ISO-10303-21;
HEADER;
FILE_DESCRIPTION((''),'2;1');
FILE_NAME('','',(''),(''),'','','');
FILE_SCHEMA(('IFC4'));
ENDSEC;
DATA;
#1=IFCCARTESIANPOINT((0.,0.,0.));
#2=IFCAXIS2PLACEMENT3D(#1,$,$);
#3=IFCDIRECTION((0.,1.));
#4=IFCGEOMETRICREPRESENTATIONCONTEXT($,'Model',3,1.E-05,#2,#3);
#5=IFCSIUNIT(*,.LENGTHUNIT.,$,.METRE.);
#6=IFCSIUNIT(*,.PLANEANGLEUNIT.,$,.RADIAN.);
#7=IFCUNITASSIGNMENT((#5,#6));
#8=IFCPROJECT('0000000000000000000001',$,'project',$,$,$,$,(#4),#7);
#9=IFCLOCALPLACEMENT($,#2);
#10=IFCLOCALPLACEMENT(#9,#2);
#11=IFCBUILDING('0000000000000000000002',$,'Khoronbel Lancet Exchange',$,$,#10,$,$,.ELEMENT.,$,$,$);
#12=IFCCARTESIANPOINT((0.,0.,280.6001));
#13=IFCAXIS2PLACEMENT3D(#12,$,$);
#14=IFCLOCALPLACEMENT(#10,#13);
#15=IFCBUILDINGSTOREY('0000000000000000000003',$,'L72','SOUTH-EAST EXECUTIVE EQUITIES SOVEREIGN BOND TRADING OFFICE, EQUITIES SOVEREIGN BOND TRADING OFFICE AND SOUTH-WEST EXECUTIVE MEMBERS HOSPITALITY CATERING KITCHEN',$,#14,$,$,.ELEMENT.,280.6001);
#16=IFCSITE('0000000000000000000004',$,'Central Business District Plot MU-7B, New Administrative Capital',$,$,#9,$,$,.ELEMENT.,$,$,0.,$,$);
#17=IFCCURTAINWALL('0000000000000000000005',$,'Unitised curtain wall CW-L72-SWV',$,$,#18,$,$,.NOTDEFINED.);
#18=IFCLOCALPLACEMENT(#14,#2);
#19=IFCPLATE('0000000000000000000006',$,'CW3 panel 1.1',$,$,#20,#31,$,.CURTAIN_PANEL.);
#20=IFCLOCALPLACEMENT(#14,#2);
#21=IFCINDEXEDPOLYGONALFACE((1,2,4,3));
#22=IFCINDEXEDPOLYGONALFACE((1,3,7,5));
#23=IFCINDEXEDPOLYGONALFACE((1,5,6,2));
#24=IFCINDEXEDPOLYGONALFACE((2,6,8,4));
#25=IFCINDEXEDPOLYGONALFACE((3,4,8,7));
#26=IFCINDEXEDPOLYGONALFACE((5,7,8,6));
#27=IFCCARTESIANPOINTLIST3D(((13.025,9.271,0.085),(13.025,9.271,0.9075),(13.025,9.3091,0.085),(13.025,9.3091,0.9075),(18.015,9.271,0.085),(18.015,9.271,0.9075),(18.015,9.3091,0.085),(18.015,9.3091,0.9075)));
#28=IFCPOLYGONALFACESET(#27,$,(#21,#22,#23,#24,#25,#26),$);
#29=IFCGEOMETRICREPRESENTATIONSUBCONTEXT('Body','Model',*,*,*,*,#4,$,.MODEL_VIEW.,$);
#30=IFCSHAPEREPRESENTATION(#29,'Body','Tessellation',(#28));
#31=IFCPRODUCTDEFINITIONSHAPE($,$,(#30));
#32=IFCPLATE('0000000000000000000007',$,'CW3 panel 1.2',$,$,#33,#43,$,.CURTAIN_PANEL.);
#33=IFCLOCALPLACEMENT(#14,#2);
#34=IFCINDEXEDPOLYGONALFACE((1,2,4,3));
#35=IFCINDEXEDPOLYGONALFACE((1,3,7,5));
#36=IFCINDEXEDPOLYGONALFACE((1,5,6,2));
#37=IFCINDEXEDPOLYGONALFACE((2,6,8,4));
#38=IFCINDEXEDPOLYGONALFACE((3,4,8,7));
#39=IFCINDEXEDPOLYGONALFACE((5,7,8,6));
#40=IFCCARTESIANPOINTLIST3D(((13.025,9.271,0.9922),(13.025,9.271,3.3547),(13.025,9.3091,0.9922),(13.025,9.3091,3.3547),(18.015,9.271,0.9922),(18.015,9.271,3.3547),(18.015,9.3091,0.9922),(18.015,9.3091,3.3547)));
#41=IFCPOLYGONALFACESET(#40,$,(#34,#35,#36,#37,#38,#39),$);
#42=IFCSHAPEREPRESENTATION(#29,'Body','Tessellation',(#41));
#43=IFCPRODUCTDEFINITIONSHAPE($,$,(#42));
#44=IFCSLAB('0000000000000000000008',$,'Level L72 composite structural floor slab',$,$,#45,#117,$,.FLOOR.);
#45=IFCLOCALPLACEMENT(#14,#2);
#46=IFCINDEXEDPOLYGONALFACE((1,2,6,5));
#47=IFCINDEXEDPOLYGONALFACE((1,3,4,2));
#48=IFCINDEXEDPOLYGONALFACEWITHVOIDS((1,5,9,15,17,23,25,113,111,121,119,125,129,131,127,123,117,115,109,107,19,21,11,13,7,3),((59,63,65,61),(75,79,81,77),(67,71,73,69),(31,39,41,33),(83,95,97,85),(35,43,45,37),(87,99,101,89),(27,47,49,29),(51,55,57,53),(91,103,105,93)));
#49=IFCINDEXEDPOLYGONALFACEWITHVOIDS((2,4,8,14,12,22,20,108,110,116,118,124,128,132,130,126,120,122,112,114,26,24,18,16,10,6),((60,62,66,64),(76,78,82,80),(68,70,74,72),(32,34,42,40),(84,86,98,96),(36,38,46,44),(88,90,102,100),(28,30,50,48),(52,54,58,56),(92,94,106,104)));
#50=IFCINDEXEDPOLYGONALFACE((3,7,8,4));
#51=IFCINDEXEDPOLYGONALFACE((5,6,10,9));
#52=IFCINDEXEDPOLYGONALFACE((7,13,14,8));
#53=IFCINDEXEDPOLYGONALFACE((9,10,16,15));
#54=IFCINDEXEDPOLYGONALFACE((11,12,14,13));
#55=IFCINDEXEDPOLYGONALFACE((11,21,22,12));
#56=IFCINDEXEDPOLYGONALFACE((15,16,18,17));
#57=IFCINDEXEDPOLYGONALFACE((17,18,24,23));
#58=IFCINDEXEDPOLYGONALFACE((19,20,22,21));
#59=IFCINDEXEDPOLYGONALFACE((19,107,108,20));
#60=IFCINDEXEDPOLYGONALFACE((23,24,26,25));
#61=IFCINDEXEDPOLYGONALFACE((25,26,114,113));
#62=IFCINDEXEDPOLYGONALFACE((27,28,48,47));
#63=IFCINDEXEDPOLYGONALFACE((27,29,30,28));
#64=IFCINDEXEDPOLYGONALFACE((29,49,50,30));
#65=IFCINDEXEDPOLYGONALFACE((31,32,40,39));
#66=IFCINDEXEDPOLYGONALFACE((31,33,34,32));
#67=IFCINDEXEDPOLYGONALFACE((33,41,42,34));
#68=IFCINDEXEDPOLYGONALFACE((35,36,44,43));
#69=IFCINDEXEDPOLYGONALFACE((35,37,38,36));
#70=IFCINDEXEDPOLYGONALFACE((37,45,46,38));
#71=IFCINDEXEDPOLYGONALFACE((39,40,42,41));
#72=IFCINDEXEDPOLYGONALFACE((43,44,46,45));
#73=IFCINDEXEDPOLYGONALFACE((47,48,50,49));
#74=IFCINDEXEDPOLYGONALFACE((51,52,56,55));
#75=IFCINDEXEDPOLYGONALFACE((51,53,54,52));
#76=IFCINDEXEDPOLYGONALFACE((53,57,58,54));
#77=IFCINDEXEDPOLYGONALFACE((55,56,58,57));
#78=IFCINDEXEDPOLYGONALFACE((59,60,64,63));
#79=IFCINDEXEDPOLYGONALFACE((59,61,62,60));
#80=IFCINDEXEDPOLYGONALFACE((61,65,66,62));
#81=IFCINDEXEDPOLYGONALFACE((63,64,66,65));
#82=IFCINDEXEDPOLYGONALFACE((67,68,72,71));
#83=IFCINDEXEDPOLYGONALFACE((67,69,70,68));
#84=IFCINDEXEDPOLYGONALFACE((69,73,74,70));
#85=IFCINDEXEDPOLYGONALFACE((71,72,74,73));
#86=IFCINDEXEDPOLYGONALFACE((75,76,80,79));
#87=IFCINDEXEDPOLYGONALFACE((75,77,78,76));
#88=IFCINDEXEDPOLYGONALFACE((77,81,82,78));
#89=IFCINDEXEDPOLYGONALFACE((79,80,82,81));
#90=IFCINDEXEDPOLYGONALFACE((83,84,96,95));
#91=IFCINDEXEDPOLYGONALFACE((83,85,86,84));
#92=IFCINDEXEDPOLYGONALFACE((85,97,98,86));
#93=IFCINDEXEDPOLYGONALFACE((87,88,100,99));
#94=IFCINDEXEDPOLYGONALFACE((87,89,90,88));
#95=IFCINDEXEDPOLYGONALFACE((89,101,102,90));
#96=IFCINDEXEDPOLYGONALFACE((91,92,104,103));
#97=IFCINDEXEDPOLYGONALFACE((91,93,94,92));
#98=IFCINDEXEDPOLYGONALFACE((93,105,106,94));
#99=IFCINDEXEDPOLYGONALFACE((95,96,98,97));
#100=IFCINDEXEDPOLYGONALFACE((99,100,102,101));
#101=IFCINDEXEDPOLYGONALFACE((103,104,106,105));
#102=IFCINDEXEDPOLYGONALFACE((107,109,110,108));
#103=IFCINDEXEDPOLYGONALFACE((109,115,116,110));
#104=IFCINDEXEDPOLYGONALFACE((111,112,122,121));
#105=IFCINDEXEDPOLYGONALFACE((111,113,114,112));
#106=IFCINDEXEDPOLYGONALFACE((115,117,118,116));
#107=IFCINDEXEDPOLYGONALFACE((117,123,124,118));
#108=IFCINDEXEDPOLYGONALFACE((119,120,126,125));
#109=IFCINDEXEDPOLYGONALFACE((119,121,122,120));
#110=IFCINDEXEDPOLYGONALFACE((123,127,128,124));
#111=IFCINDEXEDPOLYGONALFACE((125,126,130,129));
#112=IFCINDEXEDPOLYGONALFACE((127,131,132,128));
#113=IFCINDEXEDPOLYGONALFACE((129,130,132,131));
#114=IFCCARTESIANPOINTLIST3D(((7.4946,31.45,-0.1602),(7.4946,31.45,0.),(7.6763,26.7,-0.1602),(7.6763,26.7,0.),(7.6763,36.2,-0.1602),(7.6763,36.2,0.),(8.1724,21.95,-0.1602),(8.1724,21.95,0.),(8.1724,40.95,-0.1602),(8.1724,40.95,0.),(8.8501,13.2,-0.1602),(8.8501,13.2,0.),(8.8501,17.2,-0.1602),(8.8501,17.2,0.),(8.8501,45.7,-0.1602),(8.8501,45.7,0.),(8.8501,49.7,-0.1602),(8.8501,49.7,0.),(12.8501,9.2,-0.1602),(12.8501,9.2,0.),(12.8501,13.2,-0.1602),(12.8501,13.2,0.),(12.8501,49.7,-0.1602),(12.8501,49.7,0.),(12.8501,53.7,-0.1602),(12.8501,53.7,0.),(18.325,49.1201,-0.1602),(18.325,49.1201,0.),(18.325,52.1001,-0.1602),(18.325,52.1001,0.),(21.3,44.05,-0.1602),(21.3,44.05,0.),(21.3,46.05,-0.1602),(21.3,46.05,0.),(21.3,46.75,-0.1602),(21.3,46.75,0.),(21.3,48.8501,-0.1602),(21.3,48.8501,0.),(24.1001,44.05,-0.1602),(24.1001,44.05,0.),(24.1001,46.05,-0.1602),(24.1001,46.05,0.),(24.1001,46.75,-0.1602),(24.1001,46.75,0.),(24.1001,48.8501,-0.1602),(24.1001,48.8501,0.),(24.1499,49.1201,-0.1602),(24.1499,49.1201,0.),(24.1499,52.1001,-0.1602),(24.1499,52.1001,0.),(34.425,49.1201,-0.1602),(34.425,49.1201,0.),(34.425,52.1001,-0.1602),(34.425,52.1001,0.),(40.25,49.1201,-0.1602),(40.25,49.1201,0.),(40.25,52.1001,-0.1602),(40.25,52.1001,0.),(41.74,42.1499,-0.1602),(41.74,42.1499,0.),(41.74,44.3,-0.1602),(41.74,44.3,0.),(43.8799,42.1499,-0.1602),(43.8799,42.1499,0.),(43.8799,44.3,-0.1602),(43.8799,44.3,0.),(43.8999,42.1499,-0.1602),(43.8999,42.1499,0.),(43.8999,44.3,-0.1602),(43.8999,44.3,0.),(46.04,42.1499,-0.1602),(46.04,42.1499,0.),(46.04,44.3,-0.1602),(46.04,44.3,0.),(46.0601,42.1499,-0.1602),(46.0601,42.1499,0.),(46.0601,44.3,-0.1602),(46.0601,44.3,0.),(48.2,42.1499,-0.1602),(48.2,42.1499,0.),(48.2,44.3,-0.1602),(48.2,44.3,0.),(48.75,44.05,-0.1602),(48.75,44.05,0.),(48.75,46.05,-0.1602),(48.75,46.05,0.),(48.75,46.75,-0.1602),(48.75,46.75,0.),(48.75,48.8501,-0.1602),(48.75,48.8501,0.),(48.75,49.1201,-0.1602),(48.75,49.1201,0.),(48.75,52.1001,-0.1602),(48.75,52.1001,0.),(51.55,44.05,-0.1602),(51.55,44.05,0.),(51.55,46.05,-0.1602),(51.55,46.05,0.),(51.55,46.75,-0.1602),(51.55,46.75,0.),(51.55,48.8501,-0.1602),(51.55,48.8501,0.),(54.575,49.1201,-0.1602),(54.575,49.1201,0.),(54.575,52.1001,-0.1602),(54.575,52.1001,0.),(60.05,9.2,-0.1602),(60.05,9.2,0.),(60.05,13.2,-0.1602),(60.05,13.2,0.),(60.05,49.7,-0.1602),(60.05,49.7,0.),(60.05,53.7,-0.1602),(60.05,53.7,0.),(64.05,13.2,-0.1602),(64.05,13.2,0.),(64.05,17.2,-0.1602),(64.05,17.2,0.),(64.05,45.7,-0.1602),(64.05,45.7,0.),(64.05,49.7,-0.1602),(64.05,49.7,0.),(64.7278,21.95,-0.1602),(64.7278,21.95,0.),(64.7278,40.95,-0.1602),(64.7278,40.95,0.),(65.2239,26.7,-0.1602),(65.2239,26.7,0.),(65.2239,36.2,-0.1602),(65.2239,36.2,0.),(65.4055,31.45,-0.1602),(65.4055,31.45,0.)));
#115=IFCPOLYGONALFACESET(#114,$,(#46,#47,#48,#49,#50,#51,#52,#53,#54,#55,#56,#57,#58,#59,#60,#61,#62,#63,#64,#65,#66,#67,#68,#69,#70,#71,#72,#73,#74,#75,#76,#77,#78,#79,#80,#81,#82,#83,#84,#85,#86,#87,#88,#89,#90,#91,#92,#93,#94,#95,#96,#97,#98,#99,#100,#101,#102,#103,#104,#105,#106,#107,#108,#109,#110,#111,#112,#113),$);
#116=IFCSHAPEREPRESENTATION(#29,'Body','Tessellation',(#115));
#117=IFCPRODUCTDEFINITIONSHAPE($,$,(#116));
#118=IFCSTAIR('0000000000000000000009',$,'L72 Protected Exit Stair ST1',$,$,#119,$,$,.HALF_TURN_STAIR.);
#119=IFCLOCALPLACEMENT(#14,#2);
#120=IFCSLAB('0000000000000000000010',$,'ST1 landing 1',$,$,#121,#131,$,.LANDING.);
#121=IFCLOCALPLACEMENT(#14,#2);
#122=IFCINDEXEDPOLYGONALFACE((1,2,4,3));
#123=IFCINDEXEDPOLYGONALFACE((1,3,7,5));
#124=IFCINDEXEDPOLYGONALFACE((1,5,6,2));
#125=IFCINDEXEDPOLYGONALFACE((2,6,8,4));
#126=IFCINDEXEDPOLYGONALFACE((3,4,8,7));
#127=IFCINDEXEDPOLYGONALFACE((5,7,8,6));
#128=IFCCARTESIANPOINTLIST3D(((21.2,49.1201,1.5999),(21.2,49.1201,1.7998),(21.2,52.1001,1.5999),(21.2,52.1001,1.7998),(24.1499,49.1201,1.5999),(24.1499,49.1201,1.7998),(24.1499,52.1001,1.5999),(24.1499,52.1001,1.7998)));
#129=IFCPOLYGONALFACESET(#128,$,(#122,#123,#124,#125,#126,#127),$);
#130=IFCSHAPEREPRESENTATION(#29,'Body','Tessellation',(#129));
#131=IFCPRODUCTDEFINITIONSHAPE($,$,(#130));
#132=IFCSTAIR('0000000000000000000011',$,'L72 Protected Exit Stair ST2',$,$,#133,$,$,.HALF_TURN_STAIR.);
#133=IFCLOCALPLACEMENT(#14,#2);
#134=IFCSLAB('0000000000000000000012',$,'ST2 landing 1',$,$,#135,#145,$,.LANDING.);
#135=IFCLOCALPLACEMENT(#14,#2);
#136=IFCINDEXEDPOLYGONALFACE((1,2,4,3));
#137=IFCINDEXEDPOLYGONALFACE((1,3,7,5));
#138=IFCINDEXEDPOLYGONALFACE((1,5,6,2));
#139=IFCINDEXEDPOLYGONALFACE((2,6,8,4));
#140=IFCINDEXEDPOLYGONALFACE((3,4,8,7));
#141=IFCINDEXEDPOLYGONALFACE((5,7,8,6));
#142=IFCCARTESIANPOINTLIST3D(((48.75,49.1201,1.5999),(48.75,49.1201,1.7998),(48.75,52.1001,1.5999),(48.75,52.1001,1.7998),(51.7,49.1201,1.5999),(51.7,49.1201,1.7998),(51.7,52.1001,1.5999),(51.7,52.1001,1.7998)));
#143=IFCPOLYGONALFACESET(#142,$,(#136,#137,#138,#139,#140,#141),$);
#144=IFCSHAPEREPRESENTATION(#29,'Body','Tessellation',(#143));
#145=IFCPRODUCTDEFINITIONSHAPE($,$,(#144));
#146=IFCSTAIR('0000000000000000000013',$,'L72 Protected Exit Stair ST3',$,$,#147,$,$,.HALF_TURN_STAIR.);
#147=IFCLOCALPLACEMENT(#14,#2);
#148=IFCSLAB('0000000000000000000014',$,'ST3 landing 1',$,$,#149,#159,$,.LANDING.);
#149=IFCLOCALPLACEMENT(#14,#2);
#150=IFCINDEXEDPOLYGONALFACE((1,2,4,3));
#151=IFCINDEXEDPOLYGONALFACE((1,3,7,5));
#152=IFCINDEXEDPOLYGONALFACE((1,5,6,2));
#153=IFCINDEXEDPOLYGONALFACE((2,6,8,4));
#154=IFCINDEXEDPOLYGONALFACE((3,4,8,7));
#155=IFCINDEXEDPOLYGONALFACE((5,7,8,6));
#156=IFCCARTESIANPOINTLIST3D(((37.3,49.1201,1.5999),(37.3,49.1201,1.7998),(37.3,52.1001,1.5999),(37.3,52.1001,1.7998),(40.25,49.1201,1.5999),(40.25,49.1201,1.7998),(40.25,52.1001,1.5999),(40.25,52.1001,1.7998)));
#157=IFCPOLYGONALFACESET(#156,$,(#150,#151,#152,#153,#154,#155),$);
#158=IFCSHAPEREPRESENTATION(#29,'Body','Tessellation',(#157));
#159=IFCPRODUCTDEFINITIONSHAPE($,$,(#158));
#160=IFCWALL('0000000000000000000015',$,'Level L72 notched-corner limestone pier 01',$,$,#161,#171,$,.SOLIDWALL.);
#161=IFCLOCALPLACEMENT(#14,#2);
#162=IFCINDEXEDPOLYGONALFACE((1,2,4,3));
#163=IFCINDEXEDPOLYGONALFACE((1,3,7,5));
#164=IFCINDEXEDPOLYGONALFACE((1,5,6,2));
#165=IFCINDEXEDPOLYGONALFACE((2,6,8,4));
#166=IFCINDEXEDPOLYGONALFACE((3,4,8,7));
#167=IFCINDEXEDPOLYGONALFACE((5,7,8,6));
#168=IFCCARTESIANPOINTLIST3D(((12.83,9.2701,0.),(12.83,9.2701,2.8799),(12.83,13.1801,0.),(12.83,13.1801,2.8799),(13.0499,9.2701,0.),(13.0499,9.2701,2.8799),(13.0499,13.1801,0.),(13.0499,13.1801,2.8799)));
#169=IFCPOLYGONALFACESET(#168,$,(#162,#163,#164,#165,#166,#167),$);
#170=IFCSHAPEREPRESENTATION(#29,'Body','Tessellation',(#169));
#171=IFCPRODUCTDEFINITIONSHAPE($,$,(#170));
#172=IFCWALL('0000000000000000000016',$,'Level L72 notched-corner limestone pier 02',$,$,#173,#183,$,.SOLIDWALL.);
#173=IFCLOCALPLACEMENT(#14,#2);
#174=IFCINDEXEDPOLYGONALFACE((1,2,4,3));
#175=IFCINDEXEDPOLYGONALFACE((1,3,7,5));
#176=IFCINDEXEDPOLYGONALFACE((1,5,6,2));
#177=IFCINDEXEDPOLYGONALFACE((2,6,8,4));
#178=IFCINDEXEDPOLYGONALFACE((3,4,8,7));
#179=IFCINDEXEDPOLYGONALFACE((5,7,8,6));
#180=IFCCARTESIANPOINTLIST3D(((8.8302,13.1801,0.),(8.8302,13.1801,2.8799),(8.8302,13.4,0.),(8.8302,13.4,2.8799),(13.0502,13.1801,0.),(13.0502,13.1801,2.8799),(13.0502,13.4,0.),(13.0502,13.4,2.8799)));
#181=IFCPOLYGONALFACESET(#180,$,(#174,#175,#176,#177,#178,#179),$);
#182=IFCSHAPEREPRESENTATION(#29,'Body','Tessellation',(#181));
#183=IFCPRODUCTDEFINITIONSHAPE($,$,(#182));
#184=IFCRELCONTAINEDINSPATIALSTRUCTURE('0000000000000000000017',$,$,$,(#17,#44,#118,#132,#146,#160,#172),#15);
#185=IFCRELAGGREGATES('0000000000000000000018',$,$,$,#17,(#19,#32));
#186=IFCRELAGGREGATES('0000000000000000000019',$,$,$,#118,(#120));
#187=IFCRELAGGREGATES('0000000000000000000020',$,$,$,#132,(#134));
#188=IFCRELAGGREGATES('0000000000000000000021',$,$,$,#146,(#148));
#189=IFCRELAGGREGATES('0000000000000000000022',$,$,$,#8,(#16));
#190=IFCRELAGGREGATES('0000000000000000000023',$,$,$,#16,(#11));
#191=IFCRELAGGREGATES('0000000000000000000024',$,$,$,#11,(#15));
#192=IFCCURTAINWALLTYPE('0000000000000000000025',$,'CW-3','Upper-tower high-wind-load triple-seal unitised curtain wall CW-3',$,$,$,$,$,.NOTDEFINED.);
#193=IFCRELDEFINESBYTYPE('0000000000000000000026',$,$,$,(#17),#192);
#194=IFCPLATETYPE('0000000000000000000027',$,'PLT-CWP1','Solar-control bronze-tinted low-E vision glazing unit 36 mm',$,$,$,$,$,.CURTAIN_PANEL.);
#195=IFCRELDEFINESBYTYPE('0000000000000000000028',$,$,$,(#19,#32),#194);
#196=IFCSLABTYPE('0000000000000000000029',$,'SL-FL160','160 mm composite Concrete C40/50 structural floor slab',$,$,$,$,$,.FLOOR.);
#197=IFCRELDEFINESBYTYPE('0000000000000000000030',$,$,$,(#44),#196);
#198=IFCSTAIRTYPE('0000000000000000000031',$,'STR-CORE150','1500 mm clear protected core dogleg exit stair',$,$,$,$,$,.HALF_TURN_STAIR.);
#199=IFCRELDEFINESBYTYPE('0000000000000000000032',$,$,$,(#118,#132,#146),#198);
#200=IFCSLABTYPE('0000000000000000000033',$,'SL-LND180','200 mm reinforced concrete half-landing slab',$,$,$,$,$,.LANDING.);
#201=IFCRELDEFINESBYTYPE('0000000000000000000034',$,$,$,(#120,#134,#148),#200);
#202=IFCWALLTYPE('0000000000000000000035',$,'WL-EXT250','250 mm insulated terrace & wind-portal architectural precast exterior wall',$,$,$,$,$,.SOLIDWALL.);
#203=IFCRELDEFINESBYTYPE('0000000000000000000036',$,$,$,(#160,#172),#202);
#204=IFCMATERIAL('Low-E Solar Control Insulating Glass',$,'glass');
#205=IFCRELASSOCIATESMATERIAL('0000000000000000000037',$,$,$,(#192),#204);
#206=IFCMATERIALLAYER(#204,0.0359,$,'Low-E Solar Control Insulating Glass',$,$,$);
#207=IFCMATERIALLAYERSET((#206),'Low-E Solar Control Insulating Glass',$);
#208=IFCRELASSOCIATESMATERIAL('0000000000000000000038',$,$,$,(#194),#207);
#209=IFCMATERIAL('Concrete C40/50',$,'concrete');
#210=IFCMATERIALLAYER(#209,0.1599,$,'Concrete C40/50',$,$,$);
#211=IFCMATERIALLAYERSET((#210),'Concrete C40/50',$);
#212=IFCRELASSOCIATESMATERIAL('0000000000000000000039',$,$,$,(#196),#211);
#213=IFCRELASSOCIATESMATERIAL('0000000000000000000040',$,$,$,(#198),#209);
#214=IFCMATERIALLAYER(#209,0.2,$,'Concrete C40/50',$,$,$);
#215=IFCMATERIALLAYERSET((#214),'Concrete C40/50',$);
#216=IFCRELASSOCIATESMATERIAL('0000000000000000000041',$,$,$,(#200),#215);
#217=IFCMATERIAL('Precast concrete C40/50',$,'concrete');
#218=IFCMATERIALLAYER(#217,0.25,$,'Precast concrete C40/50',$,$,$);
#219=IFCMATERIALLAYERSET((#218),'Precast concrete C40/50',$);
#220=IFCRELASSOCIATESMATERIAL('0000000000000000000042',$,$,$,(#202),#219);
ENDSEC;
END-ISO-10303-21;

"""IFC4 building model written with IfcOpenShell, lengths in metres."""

from ifc_helpers import new_model, si_unit, direction, frame, frame_2d, origin, origin_2d, place, context, subcontext, project, spatial, polyline, rectangle, outline, extrude, material, layer, layer_set, type_object, element, aggregate, save


model = new_model("IFC4")

# Units and contexts
model_context = context("Model", 3, precision=1e-05, world=origin(), true_north=direction((0.0, 1.0)))
body_context = subcontext(model_context, "Body", "Model", "MODEL_VIEW")
ifc_project = project(units=[si_unit("LENGTHUNIT", "METRE"), si_unit("PLANEANGLEUNIT", "RADIAN")], contexts=[model_context])

# Site, building, storey
site_placement = place(None, origin())
site = spatial("IfcSite", under=ifc_project, at=site_placement, Name="Central Business District Plot MU-7B, New Administrative Capital", CompositionType="ELEMENT", RefElevation=0.0)
building_placement = place(site_placement, origin())
building = spatial("IfcBuilding", under=site, at=building_placement, Name="Khoronbel Lancet Exchange", CompositionType="ELEMENT")
storey_placement = place(building_placement, frame((0.0, 0.0, 280.6001)))
storey = spatial("IfcBuildingStorey", under=building, at=storey_placement, Name="L72", Description="SOUTH-EAST EXECUTIVE EQUITIES SOVEREIGN BOND TRADING OFFICE, EQUITIES SOVEREIGN BOND TRADING OFFICE AND SOUTH-WEST EXECUTIVE MEMBERS HOSPITALITY CATERING KITCHEN", CompositionType="ELEMENT", Elevation=280.6001)

# Curtain wall
ifc_material_1 = material(Name="Low-E Solar Control Insulating Glass", Category="glass")
curtain_wall_type = type_object("IfcCurtainWallType", Name="CW-3", Description="Upper-tower high-wind-load triple-seal unitised curtain wall CW-3", PredefinedType="NOTDEFINED", material=ifc_material_1)
curtain_wall_1_placement = place(storey_placement, origin())
curtain_wall_1 = element("IfcCurtainWall", 1, at=curtain_wall_1_placement, inside=storey, type_object=curtain_wall_type, Name="Unitised curtain wall CW-L72-SWV", PredefinedType="NOTDEFINED")

# Plates
ifc_layer_1 = layer(ifc_material_1, 0.0359, Name="Low-E Solar Control Insulating Glass")
ifc_layer_set_1 = layer_set([ifc_layer_1], Name="Low-E Solar Control Insulating Glass")
plate_type = type_object("IfcPlateType", Name="PLT-CWP1", Description="Solar-control bronze-tinted low-E vision glazing unit 36 mm", PredefinedType="CURTAIN_PANEL", material=ifc_layer_set_1)
plate_1_placement = place(storey_placement, frame((15.52, 9.29, 0.085), z_axis=(0.0, 0.0, 1.0), x_axis=(1.0, 0.0, 0.0)))
plate_1 = element("IfcPlate", 2, at=plate_1_placement, type_object=plate_type, Name="CW3 panel 1.1", PredefinedType="CURTAIN_PANEL", context=body_context, shape_type="SweptSolid", body=[
    extrude(rectangle(XDim=4.99, YDim=0.0381, at=origin_2d()), origin(), (0.0, 0.0, 1.0), 0.8225),
])
plate_2_placement = place(storey_placement, frame((15.52, 9.29, 0.9922), z_axis=(0.0, 0.0, 1.0), x_axis=(1.0, 0.0, 0.0)))
plate_2 = element("IfcPlate", 3, at=plate_2_placement, type_object=plate_type, Name="CW3 panel 1.2", PredefinedType="CURTAIN_PANEL", context=body_context, shape_type="SweptSolid", body=[
    extrude(rectangle(XDim=4.99, YDim=0.0381, at=origin_2d()), origin(), (0.0, 0.0, 1.0), 2.3625),
])
aggregate(curtain_wall_1, [plate_1, plate_2])

# Slab
ifc_material_2 = material(Name="Concrete C40/50", Category="concrete")
ifc_layer_2 = layer(ifc_material_2, 0.1599, Name="Concrete C40/50")
ifc_layer_set_2 = layer_set([ifc_layer_2], Name="Concrete C40/50")
slab_type_1 = type_object("IfcSlabType", Name="SL-FL160", Description="160 mm composite Concrete C40/50 structural floor slab", PredefinedType="FLOOR", material=ifc_layer_set_2)
slab_1_placement = place(storey_placement, frame((0.0, 0.0, -0.1602)))
element("IfcSlab", 4, at=slab_1_placement, inside=storey, type_object=slab_type_1, Name="Level L72 composite structural floor slab", PredefinedType="FLOOR", context=body_context, shape_type="SweptSolid", body=[
    extrude(outline(polyline([(12.8501, 9.2), (60.05, 9.2), (60.05, 13.2), (64.05, 13.2), (64.05, 17.2), (64.7278, 21.95), (65.2239, 26.7), (65.4055, 31.45), (65.2239, 36.2), (64.7278, 40.95), (64.05, 45.7), (64.05, 49.7), (60.05, 49.7), (60.05, 53.7), (12.8501, 53.7), (12.8501, 49.7), (8.8501, 49.7), (8.8501, 45.7), (8.1724, 40.95), (7.6763, 36.2), (7.4946, 31.45), (7.6763, 26.7), (8.1724, 21.95), (8.8501, 17.2), (8.8501, 13.2), (12.8501, 13.2), (12.8501, 9.2)]), holes=[polyline([(18.325, 49.1201), (24.1499, 49.1201), (24.1499, 52.1001), (18.325, 52.1001), (18.325, 49.1201)]), polyline([(48.75, 49.1201), (54.575, 49.1201), (54.575, 52.1001), (48.75, 52.1001), (48.75, 49.1201)]), polyline([(34.425, 49.1201), (40.25, 49.1201), (40.25, 52.1001), (34.425, 52.1001), (34.425, 49.1201)]), polyline([(41.74, 42.1499), (43.8799, 42.1499), (43.8799, 44.3), (41.74, 44.3), (41.74, 42.1499)]), polyline([(43.8999, 42.1499), (46.04, 42.1499), (46.04, 44.3), (43.8999, 44.3), (43.8999, 42.1499)]), polyline([(46.0601, 42.1499), (48.2, 42.1499), (48.2, 44.3), (46.0601, 44.3), (46.0601, 42.1499)]), polyline([(21.3, 46.75), (24.1001, 46.75), (24.1001, 48.8501), (21.3, 48.8501), (21.3, 46.75)]), polyline([(48.75, 46.75), (51.55, 46.75), (51.55, 48.8501), (48.75, 48.8501), (48.75, 46.75)]), polyline([(21.3, 44.05), (24.1001, 44.05), (24.1001, 46.05), (21.3, 46.05), (21.3, 44.05)]), polyline([(48.75, 44.05), (51.55, 44.05), (51.55, 46.05), (48.75, 46.05), (48.75, 44.05)])]), origin(), (0.0, 0.0, 1.0), 0.1602),
])

# Stairs, slabs
stair_type = type_object("IfcStairType", Name="STR-CORE150", Description="1500 mm clear protected core dogleg exit stair", PredefinedType="HALF_TURN_STAIR", material=ifc_material_2)
stair_1_placement = place(storey_placement, origin())
stair_1 = element("IfcStair", 5, at=stair_1_placement, inside=storey, type_object=stair_type, Name="L72 Protected Exit Stair ST1", PredefinedType="HALF_TURN_STAIR")
ifc_layer_3 = layer(ifc_material_2, 0.2, Name="Concrete C40/50")
ifc_layer_set_3 = layer_set([ifc_layer_3], Name="Concrete C40/50")
slab_type_2 = type_object("IfcSlabType", Name="SL-LND180", Description="200 mm reinforced concrete half-landing slab", PredefinedType="LANDING", material=ifc_layer_set_3)
slab_2_placement = place(storey_placement, frame((0.0, 0.0, 1.5999)))
slab_2 = element("IfcSlab", 6, at=slab_2_placement, type_object=slab_type_2, Name="ST1 landing 1", PredefinedType="LANDING", context=body_context, shape_type="SweptSolid", body=[
    extrude(outline(polyline([(21.2, 49.1201), (24.1499, 49.1201), (24.1499, 52.1001), (21.2, 52.1001), (21.2, 49.1201)])), origin(), (0.0, 0.0, 1.0), 0.2),
])
aggregate(stair_1, [slab_2])
stair_2_placement = place(storey_placement, origin())
stair_2 = element("IfcStair", 7, at=stair_2_placement, inside=storey, type_object=stair_type, Name="L72 Protected Exit Stair ST2", PredefinedType="HALF_TURN_STAIR")
slab_3_placement = place(storey_placement, frame((0.0, 0.0, 1.5999)))
slab_3 = element("IfcSlab", 8, at=slab_3_placement, type_object=slab_type_2, Name="ST2 landing 1", PredefinedType="LANDING", context=body_context, shape_type="SweptSolid", body=[
    extrude(outline(polyline([(51.7, 52.1001), (48.75, 52.1001), (48.75, 49.1201), (51.7, 49.1201), (51.7, 52.1001)])), origin(), (0.0, 0.0, 1.0), 0.2),
])
aggregate(stair_2, [slab_3])
stair_3_placement = place(storey_placement, origin())
stair_3 = element("IfcStair", 9, at=stair_3_placement, inside=storey, type_object=stair_type, Name="L72 Protected Exit Stair ST3", PredefinedType="HALF_TURN_STAIR")
slab_4_placement = place(storey_placement, frame((0.0, 0.0, 1.5999)))
slab_4 = element("IfcSlab", 10, at=slab_4_placement, type_object=slab_type_2, Name="ST3 landing 1", PredefinedType="LANDING", context=body_context, shape_type="SweptSolid", body=[
    extrude(outline(polyline([(37.3, 49.1201), (40.25, 49.1201), (40.25, 52.1001), (37.3, 52.1001), (37.3, 49.1201)])), origin(), (0.0, 0.0, 1.0), 0.2),
])
aggregate(stair_3, [slab_4])

# Walls
ifc_material_3 = material(Name="Precast concrete C40/50", Category="concrete")
ifc_layer_4 = layer(ifc_material_3, 0.25, Name="Precast concrete C40/50")
ifc_layer_set_4 = layer_set([ifc_layer_4], Name="Precast concrete C40/50")
wall_type_1 = type_object("IfcWallType", Name="WL-EXT250", Description="250 mm insulated terrace & wind-portal architectural precast exterior wall", PredefinedType="SOLIDWALL", material=ifc_layer_set_4)
wall_1_placement = place(storey_placement, frame((12.9399, 9.27, 0.0), z_axis=(0.0, 0.0, 1.0), x_axis=(0.0, 1.0, 0.0)))
element("IfcWall", 11, at=wall_1_placement, inside=storey, type_object=wall_type_1, Name="Level L72 notched-corner limestone pier 01", PredefinedType="SOLIDWALL", context=body_context, shape_type="SweptSolid", body=[
    extrude(rectangle(XDim=3.9099, YDim=0.22, at=frame_2d((1.9551, 0.0))), origin(), (0.0, 0.0, 1.0), 2.8799),
])
wall_2_placement = place(storey_placement, frame((13.05, 13.29, 0.0), z_axis=(0.0, 0.0, 1.0), x_axis=(-1.0, 0.0, 0.0)))
element("IfcWall", 12, at=wall_2_placement, inside=storey, type_object=wall_type_1, Name="Level L72 notched-corner limestone pier 02", PredefinedType="SOLIDWALL", context=body_context, shape_type="SweptSolid", body=[
    extrude(rectangle(XDim=4.22, YDim=0.22, at=frame_2d((2.1099, 0.0))), origin(), (0.0, 0.0, 1.0), 2.8799),
])

save(model, "model.ifc")
